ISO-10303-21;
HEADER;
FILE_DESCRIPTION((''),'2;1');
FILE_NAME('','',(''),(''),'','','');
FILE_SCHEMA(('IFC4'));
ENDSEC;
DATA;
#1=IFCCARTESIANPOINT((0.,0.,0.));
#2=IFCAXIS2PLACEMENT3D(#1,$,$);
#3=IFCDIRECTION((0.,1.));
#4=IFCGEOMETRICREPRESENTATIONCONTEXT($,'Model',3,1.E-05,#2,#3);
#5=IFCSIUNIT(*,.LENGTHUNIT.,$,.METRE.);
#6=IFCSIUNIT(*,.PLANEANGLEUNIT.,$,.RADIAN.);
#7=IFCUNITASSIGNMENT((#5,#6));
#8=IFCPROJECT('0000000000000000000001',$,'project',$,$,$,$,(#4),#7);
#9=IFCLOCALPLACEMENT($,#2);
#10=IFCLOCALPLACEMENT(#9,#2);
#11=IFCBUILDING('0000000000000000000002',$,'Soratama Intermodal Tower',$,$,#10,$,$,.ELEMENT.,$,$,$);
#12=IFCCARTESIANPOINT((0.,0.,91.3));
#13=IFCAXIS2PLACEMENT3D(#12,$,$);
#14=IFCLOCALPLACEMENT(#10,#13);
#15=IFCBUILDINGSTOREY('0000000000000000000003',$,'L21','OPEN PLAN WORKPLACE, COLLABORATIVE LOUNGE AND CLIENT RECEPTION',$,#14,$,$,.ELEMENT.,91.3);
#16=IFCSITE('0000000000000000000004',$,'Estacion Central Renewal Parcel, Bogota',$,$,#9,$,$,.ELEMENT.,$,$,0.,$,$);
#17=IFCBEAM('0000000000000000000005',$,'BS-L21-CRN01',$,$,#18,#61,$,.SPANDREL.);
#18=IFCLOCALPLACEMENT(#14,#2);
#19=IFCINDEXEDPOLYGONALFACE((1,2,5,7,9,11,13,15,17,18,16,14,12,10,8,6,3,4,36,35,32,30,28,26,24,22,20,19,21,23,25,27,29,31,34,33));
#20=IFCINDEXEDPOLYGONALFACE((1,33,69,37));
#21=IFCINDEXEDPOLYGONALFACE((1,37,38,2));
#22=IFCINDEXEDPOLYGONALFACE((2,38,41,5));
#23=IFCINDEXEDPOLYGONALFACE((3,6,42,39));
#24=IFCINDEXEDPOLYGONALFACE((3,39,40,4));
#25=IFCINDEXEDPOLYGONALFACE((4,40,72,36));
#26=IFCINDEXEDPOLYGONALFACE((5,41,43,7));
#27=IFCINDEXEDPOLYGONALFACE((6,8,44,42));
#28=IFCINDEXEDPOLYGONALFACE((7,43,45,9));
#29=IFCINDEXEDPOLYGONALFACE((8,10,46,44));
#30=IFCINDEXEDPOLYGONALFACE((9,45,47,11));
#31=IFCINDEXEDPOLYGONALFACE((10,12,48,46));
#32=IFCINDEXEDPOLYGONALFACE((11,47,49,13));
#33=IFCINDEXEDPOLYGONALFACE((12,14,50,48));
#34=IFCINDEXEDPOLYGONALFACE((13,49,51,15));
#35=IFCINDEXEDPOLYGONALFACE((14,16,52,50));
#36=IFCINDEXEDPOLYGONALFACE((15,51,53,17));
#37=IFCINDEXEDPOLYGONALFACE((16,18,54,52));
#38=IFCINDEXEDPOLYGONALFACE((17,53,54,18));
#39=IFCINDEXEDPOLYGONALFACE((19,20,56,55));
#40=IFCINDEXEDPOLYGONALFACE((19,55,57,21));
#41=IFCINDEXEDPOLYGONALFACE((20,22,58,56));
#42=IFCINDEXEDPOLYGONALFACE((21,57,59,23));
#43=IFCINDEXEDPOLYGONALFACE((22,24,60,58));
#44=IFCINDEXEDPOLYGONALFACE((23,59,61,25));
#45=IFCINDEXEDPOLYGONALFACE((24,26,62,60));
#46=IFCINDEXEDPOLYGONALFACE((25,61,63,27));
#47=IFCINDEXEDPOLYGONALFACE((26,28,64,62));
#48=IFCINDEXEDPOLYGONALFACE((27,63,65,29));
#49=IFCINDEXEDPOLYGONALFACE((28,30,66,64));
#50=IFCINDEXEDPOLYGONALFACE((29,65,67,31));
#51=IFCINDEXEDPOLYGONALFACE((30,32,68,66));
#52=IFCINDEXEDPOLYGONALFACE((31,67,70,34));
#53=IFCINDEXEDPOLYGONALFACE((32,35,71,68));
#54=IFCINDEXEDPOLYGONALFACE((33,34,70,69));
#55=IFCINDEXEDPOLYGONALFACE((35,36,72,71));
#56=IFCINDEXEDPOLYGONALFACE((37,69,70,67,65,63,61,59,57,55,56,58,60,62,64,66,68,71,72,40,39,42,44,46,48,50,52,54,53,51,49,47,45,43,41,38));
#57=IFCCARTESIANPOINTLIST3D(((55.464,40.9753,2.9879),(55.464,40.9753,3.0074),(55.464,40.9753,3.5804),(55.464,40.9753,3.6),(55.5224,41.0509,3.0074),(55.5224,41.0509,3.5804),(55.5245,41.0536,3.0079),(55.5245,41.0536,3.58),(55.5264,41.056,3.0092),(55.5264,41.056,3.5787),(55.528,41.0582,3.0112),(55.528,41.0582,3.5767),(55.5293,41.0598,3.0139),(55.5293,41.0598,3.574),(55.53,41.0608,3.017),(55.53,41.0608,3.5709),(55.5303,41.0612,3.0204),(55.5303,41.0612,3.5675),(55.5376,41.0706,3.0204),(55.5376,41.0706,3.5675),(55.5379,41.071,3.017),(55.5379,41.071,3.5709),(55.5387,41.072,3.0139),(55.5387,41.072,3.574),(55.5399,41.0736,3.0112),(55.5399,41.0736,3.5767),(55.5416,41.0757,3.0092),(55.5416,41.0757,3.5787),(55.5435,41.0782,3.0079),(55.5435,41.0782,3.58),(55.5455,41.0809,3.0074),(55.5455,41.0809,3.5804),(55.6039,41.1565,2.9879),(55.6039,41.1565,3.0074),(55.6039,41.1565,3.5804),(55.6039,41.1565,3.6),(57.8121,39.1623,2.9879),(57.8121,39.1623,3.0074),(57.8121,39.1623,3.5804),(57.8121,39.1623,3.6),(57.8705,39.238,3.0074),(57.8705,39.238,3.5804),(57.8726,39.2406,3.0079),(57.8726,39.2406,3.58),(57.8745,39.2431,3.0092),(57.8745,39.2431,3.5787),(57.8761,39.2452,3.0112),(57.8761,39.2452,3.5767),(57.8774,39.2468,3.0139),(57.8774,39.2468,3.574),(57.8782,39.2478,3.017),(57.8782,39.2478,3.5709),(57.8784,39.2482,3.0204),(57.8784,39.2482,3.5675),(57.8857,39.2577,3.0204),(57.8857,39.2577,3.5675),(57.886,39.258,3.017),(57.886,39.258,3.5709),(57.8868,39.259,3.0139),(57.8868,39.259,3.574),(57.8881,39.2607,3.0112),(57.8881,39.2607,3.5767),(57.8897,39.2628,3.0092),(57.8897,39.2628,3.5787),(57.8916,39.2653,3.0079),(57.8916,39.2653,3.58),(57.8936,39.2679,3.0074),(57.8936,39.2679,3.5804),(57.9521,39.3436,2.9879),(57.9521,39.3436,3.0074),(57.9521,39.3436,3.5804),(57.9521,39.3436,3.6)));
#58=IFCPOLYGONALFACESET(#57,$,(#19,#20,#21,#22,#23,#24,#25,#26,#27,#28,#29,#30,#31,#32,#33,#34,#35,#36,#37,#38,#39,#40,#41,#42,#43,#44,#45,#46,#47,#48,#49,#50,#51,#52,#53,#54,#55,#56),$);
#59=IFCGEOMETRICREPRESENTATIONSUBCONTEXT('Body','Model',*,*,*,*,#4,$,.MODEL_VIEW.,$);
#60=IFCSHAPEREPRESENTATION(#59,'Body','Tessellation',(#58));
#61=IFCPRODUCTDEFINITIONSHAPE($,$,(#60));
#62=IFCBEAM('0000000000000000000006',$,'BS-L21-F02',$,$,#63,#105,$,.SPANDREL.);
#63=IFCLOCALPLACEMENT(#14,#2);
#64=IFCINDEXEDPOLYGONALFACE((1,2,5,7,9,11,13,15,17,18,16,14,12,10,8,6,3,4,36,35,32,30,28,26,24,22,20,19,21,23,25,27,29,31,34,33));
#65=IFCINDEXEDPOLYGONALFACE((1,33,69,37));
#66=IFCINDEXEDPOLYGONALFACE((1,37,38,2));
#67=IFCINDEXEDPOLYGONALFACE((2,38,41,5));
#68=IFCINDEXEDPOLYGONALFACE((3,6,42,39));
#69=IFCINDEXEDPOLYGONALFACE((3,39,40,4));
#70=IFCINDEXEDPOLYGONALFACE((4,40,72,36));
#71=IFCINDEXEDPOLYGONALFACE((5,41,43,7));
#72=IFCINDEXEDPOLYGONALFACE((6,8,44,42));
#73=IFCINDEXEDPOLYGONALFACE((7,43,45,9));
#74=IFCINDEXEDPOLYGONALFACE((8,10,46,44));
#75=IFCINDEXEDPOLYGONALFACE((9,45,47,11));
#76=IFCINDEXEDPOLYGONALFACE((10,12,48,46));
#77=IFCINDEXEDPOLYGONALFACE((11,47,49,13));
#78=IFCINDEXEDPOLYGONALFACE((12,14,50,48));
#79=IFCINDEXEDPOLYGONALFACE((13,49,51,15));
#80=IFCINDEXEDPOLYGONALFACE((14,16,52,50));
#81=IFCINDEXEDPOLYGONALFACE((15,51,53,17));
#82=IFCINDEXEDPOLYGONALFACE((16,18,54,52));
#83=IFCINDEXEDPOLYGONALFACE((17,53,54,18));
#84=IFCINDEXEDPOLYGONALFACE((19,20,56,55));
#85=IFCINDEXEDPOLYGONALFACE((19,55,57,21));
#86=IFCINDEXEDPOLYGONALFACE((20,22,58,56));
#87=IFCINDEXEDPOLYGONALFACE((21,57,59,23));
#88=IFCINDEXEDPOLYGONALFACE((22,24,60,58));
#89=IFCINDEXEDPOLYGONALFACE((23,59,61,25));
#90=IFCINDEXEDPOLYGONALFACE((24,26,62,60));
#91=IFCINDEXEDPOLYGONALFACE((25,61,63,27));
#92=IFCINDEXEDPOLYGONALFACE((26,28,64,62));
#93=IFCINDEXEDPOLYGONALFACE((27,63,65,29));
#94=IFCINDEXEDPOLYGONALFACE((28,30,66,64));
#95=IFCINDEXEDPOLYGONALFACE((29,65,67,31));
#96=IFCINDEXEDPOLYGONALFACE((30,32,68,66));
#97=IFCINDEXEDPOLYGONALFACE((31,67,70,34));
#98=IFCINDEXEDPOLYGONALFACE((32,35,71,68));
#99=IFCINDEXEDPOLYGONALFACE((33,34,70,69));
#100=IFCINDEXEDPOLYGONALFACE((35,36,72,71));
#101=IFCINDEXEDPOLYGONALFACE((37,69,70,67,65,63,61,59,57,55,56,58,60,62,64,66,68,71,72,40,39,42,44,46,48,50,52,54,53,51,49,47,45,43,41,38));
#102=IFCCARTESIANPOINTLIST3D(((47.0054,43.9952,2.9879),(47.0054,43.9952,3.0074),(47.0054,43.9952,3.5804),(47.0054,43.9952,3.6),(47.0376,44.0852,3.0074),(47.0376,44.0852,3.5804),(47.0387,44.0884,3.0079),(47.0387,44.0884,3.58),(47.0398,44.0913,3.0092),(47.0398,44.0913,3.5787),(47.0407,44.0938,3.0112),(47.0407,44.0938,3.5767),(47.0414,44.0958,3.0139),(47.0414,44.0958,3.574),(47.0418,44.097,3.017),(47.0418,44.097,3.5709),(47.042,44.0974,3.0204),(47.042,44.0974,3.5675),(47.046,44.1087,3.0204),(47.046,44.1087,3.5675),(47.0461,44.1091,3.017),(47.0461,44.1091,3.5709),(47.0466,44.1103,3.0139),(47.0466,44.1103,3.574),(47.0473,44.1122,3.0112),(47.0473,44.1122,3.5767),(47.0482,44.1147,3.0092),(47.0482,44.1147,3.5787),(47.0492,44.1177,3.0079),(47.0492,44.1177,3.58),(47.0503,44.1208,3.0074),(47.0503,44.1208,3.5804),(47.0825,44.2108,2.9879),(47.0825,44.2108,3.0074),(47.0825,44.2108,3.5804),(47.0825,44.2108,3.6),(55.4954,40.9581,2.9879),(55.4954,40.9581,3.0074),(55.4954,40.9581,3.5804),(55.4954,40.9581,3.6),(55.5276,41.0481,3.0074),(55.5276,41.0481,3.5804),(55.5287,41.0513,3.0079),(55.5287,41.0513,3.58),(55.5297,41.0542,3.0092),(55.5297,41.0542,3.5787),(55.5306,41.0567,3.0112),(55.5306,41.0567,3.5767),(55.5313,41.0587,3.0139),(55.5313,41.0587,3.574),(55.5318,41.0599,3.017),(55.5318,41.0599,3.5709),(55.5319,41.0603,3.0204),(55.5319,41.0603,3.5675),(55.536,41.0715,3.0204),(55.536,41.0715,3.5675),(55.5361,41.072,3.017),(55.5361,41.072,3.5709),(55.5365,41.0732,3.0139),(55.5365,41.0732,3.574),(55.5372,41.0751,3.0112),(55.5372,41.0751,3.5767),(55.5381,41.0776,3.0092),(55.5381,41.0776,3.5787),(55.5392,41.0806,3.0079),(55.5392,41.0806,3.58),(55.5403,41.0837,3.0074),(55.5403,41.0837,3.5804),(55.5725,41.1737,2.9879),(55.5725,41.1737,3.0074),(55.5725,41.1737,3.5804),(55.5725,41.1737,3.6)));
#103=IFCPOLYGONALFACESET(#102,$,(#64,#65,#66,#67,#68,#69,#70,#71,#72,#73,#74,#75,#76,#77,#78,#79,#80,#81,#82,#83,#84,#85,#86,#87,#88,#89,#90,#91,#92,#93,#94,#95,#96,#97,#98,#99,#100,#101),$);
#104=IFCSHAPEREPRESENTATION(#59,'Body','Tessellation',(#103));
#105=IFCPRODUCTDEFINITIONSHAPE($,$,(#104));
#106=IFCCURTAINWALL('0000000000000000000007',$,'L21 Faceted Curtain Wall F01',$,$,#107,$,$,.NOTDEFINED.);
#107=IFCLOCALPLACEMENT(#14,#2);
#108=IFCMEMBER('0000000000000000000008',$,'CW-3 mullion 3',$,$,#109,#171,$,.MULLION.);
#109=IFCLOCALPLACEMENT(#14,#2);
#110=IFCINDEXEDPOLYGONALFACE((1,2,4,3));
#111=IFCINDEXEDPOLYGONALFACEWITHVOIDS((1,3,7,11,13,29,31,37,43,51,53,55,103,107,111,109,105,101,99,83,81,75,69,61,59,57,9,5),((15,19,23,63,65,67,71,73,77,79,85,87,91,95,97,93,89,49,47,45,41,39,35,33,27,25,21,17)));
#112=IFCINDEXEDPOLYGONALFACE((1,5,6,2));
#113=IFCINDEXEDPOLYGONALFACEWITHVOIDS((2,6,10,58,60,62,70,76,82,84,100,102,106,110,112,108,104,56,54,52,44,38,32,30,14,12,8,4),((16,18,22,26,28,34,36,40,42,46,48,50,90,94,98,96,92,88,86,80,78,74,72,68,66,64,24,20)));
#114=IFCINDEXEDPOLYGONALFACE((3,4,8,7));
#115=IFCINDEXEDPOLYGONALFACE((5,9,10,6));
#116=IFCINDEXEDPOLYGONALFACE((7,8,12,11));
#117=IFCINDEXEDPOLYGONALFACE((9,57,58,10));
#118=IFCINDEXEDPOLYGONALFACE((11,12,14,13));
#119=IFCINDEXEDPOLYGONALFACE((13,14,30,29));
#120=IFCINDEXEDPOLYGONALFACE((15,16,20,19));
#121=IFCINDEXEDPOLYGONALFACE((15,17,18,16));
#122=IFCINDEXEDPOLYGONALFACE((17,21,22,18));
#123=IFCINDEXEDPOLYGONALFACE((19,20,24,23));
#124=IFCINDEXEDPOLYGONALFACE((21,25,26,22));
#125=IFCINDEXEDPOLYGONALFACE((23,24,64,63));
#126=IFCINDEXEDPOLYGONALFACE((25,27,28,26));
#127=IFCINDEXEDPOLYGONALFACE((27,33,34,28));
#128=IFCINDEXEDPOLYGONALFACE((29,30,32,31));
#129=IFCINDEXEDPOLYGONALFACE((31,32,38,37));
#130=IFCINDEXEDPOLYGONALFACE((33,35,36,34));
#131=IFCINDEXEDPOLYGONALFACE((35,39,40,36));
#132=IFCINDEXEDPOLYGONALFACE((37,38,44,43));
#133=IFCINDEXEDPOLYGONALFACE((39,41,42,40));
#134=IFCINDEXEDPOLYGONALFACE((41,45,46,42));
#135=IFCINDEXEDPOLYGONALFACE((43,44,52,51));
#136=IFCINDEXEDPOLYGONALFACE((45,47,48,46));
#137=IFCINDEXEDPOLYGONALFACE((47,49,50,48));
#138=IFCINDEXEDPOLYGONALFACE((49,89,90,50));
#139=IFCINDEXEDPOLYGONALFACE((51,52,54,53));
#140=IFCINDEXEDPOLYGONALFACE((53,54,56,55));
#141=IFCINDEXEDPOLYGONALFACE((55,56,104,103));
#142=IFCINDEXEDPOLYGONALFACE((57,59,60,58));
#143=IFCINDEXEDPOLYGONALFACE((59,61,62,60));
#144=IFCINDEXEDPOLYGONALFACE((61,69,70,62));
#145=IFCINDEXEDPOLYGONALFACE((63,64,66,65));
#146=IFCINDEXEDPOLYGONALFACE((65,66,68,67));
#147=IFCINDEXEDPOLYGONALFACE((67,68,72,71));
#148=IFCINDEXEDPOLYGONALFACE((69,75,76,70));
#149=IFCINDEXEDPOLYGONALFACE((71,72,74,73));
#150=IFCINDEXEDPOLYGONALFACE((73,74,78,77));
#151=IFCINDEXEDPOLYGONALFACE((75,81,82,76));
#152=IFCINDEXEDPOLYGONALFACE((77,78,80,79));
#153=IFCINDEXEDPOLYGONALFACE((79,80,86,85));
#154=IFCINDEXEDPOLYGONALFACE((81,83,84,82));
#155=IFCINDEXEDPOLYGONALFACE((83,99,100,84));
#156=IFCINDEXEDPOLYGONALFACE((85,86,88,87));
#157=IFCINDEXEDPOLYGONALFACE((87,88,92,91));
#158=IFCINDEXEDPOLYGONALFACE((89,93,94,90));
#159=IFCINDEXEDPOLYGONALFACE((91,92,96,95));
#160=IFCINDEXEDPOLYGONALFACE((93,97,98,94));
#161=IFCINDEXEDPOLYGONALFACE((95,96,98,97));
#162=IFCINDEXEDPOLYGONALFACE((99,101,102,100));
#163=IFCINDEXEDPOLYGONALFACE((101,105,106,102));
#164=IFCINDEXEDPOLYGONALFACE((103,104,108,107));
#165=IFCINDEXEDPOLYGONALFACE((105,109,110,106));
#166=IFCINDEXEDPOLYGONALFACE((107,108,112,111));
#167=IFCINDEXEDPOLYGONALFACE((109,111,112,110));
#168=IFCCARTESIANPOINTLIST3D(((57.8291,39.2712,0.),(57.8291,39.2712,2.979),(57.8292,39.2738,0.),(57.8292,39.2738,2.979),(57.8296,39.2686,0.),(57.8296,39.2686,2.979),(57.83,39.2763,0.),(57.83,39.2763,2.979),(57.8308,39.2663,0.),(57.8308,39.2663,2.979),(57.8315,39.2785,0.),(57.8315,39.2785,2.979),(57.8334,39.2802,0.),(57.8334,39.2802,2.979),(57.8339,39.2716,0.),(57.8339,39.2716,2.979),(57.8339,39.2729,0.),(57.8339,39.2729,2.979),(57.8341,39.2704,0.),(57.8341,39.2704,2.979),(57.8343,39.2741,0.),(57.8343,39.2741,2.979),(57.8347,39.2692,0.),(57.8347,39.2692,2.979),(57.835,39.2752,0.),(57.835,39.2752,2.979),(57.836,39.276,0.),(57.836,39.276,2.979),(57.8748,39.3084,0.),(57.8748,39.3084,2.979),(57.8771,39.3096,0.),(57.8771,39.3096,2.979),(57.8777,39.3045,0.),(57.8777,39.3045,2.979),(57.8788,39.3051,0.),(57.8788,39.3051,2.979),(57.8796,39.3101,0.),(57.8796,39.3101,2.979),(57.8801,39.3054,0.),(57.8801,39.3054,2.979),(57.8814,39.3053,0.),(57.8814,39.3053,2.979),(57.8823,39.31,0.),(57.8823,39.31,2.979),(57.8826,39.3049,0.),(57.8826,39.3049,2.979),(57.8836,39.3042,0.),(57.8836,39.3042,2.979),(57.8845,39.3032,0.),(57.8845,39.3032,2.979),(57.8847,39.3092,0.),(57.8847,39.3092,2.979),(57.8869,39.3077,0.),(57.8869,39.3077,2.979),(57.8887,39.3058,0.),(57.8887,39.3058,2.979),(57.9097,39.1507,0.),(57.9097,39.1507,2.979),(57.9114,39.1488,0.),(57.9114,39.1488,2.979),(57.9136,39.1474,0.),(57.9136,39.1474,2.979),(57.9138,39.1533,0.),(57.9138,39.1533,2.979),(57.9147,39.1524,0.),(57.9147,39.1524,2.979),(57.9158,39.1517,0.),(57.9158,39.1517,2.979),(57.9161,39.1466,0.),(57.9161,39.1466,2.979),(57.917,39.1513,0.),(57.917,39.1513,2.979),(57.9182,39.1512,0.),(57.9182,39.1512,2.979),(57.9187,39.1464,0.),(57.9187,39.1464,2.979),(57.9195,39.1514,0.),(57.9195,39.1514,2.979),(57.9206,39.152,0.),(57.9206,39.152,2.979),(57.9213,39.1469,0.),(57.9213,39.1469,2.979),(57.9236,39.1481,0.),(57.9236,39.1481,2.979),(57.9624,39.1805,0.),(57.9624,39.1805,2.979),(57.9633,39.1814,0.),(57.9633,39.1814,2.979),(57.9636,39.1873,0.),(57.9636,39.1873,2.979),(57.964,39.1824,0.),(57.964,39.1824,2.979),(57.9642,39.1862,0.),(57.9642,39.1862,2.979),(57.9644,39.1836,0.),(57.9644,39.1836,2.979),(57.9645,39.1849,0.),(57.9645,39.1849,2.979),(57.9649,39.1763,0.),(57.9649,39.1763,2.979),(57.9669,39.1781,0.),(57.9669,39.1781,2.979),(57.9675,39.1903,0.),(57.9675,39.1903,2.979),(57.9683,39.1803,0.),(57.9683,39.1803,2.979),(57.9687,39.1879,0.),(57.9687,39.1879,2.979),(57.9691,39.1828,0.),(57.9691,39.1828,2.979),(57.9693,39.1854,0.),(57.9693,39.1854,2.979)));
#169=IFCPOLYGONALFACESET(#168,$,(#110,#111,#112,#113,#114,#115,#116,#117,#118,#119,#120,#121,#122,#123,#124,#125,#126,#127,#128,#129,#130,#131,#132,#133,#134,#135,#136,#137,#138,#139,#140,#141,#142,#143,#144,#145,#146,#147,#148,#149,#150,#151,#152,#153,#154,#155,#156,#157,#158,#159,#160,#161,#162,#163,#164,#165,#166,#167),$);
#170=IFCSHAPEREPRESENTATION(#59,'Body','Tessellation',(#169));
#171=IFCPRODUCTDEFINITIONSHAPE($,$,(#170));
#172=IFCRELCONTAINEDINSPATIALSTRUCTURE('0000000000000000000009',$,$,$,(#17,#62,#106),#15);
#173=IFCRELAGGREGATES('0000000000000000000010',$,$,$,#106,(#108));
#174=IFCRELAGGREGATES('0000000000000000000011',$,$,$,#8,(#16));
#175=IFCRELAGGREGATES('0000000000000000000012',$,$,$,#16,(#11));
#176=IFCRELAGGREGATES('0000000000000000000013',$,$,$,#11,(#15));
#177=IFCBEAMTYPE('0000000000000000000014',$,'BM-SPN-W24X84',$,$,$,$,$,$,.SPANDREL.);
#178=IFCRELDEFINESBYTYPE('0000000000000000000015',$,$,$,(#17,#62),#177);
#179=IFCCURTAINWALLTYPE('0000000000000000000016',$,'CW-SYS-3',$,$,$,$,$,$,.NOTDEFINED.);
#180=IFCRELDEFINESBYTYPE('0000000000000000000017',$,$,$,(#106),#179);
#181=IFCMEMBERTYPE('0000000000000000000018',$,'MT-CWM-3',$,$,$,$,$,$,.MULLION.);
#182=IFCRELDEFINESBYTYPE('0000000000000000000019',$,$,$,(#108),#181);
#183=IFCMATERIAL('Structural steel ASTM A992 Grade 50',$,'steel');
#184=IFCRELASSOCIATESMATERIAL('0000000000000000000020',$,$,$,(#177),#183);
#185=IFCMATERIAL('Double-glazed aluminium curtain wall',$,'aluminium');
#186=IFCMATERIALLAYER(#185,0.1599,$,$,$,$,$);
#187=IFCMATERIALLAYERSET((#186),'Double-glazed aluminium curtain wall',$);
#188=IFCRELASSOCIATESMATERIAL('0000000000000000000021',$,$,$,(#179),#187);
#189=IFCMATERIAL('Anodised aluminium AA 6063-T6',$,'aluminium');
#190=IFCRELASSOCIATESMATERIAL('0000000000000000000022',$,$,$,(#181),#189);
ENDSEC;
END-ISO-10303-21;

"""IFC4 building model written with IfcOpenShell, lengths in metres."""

from ifc_helpers import new_model, si_unit, direction, frame, origin, origin_2d, place, context, subcontext, project, spatial, hollow_rectangle, i_section, extrude, material, layer, layer_set, material_profile, profile_set, type_object, element, aggregate, save


model = new_model("IFC4")

# Units and contexts
model_context = context("Model", 3, precision=1e-05, world=origin(), true_north=direction((0.0, 1.0)))
body_context = subcontext(model_context, "Body", "Model", "MODEL_VIEW")
ifc_project = project(units=[si_unit("LENGTHUNIT", "METRE"), si_unit("PLANEANGLEUNIT", "RADIAN")], contexts=[model_context])

# Site, building, storey
site_placement = place(None, origin())
site = spatial("IfcSite", under=ifc_project, at=site_placement, Name="Estacion Central Renewal Parcel, Bogota", CompositionType="ELEMENT", RefElevation=0.0)
building_placement = place(site_placement, origin())
building = spatial("IfcBuilding", under=site, at=building_placement, Name="Soratama Intermodal Tower", CompositionType="ELEMENT")
storey_placement = place(building_placement, frame((0.0, 0.0, 91.3)))
storey = spatial("IfcBuildingStorey", under=building, at=storey_placement, Name="L21", Description="OPEN PLAN WORKPLACE, COLLABORATIVE LOUNGE AND CLIENT RECEPTION", CompositionType="ELEMENT", Elevation=91.3)

# Beams
ifc_material_1 = material(Name="Structural steel ASTM A992 Grade 50", Category="steel")
ifc_material_profile_1 = material_profile(ifc_material_1, i_section(OverallWidth=0.229, OverallDepth=0.6121, WebThickness=0.012, FlangeThickness=0.0195, FilletRadius=0.0129, at=origin_2d()), Name="W24X84")
ifc_profile_set_1 = profile_set([ifc_material_profile_1], Name="Structural steel ASTM A992 Grade 50")
beam_type_1 = type_object("IfcBeamType", Name="BM-SPN-W24X84", PredefinedType="SPANDREL", material=ifc_profile_set_1)
beam_1_placement = place(storey_placement, frame((57.8821, 39.2529, 3.2939), z_axis=(-0.791527, 0.611134, 0.0), x_axis=(-0.611134, -0.791527, 0.0)))
element("IfcBeam", 1, at=beam_1_placement, inside=storey, type_object=beam_type_1, Name="BS-L21-CRN01", PredefinedType="SPANDREL", context=body_context, shape_type="SweptSolid", body=[
    extrude(i_section(OverallWidth=0.229, OverallDepth=0.6121, WebThickness=0.012, FlangeThickness=0.0195, FilletRadius=0.0129, at=origin_2d()), origin(), (0.0, 0.0, 1.0), 2.9666),
])
beam_2_placement = place(storey_placement, frame((55.5339, 41.0659, 3.2939), z_axis=(-0.941567, 0.336825, 0.0), x_axis=(-0.336825, -0.941567, 0.0)))
element("IfcBeam", 2, at=beam_2_placement, inside=storey, type_object=beam_type_1, Name="BS-L21-F02", PredefinedType="SPANDREL", context=body_context, shape_type="SweptSolid", body=[
    extrude(i_section(OverallWidth=0.229, OverallDepth=0.6121, WebThickness=0.012, FlangeThickness=0.0195, FilletRadius=0.0129, at=origin_2d()), origin(), (0.0, 0.0, 1.0), 9.0168),
])

# Curtain wall, member
ifc_material_2 = material(Name="Double-glazed aluminium curtain wall", Category="aluminium")
ifc_layer_1 = layer(ifc_material_2, 0.1599)
ifc_layer_set_1 = layer_set([ifc_layer_1], Name="Double-glazed aluminium curtain wall")
curtain_wall_type = type_object("IfcCurtainWallType", Name="CW-SYS-3", PredefinedType="NOTDEFINED", material=ifc_layer_set_1)
curtain_wall_1_placement = place(storey_placement, origin())
curtain_wall_1 = element("IfcCurtainWall", 3, at=curtain_wall_1_placement, inside=storey, type_object=curtain_wall_type, Name="L21 Faceted Curtain Wall F01", PredefinedType="NOTDEFINED")
ifc_material_3 = material(Name="Anodised aluminium AA 6063-T6", Category="aluminium")
ifc_material_profile_2 = material_profile(ifc_material_3, hollow_rectangle(XDim=0.0701, YDim=0.1599, WallThickness=0.0049, InnerFilletRadius=0.0049, OuterFilletRadius=0.01, at=origin_2d()), Name="CWM160X70X5")
ifc_profile_set_2 = profile_set([ifc_material_profile_2], Name="Anodised aluminium AA 6063-T6")
member_type_1 = type_object("IfcMemberType", Name="MT-CWM-3", PredefinedType="MULLION", material=ifc_profile_set_2)
member_1_placement = place(storey_placement, frame((57.8992, 39.2283, 0.0), z_axis=(0.0, 0.0, 1.0), x_axis=(-0.825902, -0.563814, 0.0)))
member_1 = element("IfcMember", 4, at=member_1_placement, type_object=member_type_1, Name="CW-3 mullion 3", PredefinedType="MULLION", context=body_context, shape_type="SweptSolid", body=[
    extrude(hollow_rectangle(XDim=0.0701, YDim=0.1599, WallThickness=0.0049, InnerFilletRadius=0.0049, OuterFilletRadius=0.01, at=origin_2d()), origin(), (0.0, 0.0, 1.0), 2.979),
])

aggregate(curtain_wall_1, [member_1])

save(model, "model.ifc")
